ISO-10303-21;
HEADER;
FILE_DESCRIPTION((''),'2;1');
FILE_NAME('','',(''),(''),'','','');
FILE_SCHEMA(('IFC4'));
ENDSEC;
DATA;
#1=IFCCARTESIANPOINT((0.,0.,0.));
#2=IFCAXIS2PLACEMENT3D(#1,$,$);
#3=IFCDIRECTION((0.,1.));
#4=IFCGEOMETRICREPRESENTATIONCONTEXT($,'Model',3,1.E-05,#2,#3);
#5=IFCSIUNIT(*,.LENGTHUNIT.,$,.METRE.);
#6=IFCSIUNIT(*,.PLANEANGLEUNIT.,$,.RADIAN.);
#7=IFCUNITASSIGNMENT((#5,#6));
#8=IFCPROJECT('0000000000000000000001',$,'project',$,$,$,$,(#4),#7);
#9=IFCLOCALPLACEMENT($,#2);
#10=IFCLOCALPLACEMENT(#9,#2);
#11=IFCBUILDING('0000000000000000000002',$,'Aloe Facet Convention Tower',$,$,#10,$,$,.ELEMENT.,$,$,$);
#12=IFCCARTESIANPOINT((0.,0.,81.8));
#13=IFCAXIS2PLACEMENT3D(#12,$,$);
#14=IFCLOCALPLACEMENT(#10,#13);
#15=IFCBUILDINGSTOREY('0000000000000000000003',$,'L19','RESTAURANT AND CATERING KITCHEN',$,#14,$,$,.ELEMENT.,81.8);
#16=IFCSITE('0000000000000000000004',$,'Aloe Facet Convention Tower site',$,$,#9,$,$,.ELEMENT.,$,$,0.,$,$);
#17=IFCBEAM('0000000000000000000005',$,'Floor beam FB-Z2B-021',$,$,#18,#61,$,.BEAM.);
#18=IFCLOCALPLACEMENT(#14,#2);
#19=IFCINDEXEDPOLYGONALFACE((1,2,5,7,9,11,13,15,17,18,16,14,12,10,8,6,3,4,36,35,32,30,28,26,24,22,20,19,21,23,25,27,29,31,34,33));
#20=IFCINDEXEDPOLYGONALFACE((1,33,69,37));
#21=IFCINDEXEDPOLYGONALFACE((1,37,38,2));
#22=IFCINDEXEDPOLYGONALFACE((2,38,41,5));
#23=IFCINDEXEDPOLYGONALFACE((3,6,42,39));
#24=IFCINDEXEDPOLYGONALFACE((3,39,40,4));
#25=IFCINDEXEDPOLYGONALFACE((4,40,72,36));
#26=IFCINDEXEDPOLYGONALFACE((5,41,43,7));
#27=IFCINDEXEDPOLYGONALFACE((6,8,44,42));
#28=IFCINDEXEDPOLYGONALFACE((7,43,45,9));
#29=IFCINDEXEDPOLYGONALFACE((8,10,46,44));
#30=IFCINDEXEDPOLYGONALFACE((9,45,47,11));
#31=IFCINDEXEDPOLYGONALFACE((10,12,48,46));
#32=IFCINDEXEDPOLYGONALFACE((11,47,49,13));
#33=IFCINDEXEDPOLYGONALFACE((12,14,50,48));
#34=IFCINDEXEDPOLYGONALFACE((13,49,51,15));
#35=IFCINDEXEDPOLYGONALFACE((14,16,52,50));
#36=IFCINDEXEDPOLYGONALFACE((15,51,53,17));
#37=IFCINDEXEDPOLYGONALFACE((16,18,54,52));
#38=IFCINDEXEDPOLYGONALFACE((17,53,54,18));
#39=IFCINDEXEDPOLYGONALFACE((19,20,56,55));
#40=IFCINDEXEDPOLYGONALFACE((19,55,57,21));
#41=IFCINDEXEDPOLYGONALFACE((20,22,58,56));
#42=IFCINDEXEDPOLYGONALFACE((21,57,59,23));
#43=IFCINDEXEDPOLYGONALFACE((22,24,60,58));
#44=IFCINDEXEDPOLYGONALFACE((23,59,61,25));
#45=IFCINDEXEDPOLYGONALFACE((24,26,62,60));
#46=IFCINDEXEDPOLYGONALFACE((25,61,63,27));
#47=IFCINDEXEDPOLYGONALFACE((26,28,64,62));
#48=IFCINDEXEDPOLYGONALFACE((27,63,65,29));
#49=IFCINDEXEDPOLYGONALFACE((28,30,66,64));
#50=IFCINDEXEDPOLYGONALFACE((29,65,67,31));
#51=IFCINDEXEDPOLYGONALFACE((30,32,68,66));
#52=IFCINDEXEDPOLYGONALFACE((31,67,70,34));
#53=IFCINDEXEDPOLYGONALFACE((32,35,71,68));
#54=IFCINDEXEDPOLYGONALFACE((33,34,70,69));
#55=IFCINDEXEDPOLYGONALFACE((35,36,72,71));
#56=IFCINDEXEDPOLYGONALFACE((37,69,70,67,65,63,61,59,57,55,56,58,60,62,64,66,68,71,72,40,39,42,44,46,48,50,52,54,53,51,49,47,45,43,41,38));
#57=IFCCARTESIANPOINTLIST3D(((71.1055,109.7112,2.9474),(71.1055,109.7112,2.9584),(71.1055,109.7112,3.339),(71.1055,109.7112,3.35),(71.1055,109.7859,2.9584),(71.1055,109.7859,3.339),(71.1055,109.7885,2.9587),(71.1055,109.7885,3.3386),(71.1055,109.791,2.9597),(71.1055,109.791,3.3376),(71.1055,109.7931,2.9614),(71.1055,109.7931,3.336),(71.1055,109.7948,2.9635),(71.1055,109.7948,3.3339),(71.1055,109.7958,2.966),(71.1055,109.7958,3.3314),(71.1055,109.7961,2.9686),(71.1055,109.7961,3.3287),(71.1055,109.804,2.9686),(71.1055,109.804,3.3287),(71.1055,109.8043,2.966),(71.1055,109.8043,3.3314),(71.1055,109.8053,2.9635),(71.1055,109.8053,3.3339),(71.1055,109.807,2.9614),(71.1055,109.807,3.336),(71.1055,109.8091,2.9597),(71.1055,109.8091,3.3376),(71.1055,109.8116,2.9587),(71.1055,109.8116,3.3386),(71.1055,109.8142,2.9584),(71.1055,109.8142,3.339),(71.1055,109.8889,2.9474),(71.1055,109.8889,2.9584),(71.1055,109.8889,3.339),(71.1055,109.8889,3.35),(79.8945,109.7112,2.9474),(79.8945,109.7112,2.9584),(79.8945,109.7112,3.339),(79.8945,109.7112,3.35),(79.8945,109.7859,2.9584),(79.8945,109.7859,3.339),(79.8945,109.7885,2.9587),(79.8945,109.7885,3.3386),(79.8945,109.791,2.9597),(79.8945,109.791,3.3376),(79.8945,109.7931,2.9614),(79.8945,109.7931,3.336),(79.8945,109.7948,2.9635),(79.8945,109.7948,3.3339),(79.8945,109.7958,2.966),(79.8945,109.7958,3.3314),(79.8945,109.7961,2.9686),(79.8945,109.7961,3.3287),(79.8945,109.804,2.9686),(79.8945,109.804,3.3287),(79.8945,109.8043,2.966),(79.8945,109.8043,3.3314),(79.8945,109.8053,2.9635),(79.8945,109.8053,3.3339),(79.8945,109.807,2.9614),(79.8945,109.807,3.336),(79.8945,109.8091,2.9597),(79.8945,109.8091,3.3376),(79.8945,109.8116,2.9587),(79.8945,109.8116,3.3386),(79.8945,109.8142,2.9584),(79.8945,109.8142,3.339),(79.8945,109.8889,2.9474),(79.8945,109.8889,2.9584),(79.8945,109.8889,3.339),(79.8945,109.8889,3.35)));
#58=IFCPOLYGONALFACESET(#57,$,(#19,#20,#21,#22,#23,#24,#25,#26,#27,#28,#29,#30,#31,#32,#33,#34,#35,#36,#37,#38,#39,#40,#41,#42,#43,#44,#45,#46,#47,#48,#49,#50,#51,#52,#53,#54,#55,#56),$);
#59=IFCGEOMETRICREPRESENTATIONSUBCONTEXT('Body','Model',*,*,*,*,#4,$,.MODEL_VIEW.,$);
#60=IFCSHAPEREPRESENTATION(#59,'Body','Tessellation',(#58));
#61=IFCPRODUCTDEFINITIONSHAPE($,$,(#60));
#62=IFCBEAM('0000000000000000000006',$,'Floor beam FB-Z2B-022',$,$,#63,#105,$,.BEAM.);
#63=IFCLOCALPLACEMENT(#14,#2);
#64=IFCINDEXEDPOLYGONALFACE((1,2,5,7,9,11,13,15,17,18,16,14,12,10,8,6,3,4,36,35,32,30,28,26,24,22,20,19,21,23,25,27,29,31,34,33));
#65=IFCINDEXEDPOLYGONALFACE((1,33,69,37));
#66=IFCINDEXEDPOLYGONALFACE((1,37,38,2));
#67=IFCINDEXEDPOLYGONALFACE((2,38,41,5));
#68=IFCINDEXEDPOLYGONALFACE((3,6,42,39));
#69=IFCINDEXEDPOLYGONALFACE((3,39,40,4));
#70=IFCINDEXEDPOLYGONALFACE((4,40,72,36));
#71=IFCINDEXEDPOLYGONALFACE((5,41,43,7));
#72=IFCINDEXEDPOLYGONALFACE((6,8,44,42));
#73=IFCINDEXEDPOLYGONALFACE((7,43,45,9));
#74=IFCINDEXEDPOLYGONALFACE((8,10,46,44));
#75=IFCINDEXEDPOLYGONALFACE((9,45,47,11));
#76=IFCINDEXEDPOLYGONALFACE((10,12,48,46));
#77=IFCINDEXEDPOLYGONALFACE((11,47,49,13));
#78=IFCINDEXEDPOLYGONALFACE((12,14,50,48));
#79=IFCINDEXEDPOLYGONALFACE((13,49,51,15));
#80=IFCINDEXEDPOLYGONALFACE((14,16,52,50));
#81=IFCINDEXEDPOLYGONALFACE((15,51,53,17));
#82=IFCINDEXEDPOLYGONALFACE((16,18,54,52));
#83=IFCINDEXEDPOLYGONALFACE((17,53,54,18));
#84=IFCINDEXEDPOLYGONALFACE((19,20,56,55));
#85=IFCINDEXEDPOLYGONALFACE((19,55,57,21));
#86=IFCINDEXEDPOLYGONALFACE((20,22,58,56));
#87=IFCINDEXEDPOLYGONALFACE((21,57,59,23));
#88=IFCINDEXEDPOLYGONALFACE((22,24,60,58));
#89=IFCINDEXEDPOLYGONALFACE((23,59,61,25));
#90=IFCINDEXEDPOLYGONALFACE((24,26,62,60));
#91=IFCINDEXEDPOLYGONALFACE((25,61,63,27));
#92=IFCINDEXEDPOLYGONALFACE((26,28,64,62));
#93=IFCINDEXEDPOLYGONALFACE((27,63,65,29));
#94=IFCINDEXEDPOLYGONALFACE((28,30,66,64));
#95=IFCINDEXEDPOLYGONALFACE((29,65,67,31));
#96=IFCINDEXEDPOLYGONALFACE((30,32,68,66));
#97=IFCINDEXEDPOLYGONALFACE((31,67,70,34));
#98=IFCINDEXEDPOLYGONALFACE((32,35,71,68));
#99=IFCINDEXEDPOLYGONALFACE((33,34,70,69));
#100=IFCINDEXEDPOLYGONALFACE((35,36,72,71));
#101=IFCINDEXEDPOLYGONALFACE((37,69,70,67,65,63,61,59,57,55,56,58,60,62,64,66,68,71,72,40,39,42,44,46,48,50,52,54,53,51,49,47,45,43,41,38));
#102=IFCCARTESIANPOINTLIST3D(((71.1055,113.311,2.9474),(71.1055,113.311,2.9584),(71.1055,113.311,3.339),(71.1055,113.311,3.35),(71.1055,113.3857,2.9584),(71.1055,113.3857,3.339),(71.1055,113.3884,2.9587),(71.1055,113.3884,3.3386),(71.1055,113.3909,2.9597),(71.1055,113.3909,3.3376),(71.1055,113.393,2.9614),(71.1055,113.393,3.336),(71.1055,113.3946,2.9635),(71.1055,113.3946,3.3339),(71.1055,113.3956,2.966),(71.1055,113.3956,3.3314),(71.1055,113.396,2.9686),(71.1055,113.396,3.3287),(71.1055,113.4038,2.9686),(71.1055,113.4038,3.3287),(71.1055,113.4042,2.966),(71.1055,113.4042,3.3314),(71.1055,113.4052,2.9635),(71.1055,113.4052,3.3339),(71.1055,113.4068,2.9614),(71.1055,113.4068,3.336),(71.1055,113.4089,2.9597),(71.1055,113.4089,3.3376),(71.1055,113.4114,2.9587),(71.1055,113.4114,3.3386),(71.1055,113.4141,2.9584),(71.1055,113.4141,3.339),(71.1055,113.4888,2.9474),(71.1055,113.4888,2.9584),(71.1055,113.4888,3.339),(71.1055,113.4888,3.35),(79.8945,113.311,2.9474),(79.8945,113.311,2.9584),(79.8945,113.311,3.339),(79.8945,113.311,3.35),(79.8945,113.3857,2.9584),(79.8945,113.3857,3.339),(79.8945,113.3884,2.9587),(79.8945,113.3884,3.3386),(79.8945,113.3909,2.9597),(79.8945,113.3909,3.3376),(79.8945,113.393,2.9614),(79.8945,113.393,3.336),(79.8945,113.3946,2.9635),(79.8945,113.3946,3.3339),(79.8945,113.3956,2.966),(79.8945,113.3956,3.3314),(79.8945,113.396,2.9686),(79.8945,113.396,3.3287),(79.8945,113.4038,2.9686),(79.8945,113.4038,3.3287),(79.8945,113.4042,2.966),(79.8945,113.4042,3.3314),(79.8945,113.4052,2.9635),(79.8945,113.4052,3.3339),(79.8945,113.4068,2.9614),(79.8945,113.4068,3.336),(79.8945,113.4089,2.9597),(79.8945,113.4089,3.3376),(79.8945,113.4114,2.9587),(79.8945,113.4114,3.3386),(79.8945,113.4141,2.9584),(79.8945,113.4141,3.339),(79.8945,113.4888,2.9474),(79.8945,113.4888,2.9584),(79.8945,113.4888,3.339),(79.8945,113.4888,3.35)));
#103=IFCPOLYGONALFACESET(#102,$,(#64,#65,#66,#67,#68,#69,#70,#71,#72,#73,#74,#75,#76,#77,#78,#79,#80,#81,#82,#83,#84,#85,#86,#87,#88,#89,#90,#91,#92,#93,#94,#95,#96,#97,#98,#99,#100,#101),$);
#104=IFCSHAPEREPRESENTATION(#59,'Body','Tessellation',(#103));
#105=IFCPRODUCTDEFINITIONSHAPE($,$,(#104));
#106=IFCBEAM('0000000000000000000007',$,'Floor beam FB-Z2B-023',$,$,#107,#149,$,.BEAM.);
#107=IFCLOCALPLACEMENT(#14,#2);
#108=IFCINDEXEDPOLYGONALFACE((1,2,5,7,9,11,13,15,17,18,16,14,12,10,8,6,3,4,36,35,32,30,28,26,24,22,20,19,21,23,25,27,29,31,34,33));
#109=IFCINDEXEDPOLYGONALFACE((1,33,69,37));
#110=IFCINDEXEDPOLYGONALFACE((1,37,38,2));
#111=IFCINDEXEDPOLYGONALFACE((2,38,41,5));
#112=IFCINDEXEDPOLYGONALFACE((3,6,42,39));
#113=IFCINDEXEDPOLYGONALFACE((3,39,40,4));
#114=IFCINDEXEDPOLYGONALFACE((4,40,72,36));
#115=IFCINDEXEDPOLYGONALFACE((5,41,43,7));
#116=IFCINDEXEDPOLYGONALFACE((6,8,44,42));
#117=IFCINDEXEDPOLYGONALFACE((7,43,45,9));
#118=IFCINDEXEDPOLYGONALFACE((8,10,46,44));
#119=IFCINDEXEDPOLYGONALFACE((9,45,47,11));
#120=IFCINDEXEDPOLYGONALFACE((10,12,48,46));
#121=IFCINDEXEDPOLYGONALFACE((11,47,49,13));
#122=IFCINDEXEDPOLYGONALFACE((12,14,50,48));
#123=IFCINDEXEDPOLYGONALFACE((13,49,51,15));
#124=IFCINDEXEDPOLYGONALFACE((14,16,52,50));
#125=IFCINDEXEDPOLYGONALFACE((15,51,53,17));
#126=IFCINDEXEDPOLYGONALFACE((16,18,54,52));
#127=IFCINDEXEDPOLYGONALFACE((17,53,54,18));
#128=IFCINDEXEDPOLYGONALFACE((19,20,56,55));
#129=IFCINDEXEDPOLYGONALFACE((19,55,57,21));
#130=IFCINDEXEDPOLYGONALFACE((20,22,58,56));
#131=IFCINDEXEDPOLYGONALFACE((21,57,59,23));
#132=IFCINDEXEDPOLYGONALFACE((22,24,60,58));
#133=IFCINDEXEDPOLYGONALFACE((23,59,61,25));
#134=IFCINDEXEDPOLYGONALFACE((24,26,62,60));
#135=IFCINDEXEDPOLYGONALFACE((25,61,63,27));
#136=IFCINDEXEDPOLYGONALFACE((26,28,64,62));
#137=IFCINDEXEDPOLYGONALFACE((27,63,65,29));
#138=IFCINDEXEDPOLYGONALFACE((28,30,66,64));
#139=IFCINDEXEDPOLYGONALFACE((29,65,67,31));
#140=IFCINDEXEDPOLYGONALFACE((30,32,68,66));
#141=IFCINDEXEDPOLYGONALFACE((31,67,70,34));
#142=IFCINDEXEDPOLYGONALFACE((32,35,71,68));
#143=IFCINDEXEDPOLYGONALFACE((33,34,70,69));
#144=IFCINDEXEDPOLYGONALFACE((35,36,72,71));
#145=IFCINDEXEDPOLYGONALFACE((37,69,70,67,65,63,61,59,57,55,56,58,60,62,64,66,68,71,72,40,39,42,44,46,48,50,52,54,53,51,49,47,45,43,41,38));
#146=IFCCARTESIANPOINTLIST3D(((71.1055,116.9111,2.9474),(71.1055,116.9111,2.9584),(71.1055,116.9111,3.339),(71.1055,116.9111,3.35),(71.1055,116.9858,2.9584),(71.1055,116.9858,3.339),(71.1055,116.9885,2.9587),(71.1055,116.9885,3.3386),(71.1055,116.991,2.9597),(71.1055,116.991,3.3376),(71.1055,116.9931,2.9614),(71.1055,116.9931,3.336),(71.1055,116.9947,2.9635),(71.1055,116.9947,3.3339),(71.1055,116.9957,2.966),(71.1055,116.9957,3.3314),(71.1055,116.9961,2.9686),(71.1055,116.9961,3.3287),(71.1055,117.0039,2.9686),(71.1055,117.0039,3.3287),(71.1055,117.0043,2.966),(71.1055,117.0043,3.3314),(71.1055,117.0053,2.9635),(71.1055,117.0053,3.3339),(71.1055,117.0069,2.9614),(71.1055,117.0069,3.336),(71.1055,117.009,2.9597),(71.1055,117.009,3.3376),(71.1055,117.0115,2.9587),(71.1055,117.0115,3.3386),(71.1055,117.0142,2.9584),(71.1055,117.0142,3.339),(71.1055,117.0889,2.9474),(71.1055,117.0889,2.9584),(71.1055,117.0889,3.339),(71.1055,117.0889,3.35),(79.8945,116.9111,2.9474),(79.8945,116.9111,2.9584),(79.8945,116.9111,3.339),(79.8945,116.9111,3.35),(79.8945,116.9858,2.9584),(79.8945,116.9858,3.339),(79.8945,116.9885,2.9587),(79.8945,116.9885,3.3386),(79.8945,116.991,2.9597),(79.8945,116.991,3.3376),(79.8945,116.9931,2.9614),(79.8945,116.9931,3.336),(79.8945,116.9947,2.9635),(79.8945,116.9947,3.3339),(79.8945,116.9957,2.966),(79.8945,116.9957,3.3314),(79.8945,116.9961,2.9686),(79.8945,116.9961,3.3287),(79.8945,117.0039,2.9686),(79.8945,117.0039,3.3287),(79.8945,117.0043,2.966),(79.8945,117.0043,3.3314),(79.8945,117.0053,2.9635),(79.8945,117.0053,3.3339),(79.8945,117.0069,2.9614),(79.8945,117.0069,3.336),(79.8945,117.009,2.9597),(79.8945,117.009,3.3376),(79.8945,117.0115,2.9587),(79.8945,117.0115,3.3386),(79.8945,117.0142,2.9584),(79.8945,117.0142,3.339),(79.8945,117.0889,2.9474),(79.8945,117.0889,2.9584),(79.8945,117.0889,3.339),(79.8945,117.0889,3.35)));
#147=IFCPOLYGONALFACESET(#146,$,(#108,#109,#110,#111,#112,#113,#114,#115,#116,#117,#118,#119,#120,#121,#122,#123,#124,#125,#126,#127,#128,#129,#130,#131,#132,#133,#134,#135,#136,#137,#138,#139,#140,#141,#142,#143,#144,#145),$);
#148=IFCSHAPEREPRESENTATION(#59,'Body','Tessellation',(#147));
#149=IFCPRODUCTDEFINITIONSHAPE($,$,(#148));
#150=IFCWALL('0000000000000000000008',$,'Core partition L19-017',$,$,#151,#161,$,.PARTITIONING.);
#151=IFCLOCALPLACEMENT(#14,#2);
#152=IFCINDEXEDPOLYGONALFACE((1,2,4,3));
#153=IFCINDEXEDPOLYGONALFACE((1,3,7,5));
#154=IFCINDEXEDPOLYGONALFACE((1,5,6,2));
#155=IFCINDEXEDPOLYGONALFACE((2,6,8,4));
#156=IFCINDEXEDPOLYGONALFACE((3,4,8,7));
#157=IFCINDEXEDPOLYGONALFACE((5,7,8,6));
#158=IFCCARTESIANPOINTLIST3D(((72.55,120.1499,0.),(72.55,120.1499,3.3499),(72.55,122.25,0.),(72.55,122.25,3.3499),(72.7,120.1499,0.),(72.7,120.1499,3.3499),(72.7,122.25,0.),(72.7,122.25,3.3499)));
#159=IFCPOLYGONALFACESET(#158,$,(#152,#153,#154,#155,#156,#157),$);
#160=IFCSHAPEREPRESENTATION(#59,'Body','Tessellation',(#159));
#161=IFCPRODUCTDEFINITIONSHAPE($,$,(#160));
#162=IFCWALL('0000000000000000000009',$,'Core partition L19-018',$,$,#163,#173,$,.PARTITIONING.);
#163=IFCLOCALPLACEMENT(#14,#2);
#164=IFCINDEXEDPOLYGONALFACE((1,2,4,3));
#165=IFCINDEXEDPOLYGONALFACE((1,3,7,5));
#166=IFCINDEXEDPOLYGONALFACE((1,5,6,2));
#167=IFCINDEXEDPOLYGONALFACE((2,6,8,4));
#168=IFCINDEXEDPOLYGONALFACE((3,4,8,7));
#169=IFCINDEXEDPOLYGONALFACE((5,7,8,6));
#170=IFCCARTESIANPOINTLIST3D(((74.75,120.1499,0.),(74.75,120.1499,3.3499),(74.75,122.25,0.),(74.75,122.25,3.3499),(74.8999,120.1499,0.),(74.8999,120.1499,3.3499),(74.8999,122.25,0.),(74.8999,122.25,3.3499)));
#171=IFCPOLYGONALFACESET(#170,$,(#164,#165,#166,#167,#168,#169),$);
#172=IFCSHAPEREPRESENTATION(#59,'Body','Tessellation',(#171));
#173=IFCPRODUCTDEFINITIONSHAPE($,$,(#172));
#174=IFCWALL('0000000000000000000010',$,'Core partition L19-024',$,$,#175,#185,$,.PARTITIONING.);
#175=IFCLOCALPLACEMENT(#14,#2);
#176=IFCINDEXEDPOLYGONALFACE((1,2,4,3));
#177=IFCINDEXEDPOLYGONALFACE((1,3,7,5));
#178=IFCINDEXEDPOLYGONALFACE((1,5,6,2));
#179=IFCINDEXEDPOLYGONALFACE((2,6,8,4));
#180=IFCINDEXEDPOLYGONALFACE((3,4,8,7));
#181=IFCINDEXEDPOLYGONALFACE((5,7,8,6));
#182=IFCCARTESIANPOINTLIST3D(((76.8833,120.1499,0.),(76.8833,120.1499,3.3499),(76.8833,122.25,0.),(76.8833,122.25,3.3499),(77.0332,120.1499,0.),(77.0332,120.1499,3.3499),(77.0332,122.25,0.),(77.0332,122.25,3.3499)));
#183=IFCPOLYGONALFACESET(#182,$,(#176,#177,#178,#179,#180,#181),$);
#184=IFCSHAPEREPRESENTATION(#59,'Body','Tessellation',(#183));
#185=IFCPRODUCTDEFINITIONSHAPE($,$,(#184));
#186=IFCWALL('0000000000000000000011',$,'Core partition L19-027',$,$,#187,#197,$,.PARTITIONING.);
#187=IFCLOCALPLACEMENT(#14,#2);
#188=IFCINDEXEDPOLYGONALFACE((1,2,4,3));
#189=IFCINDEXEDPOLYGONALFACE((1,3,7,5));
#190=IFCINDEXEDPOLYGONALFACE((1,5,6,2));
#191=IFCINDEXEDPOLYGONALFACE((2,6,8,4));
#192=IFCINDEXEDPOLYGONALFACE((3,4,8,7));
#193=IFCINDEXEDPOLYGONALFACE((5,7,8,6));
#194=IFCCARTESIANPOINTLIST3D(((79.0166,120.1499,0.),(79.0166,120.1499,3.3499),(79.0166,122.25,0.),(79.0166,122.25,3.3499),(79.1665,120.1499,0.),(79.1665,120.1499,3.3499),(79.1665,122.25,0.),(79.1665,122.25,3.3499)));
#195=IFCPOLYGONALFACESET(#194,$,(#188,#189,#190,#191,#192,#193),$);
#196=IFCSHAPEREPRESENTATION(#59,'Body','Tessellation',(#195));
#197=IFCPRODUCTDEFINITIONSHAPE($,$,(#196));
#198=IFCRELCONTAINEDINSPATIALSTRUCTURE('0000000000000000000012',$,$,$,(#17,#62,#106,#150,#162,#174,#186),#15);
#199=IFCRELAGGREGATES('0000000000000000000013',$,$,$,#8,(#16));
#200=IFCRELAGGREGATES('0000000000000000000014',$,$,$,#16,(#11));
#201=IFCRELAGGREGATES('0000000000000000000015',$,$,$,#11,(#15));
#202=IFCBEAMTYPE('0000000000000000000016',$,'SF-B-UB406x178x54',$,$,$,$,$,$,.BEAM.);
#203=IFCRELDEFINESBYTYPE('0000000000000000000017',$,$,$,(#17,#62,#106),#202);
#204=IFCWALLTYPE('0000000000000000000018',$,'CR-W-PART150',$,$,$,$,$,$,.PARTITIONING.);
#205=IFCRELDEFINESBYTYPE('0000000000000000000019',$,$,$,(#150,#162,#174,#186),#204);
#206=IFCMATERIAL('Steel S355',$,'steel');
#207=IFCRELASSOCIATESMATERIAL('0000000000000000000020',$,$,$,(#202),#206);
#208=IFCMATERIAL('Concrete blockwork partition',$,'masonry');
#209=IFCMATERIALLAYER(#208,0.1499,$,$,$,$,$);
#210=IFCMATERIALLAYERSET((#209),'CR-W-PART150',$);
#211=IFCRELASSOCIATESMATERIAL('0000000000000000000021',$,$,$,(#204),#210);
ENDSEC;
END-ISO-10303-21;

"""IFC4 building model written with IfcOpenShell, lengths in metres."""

from ifc_helpers import new_model, si_unit, direction, frame, frame_2d, origin, origin_2d, place, context, subcontext, project, spatial, rectangle, i_section, extrude, material, layer, layer_set, material_profile, profile_set, type_object, element, save


model = new_model("IFC4")

# Units and contexts
model_context = context("Model", 3, precision=1e-05, world=origin(), true_north=direction((0.0, 1.0)))
body_context = subcontext(model_context, "Body", "Model", "MODEL_VIEW")
ifc_project = project(units=[si_unit("LENGTHUNIT", "METRE"), si_unit("PLANEANGLEUNIT", "RADIAN")], contexts=[model_context])

# Site, building, storey
site_placement = place(None, origin())
site = spatial("IfcSite", under=ifc_project, at=site_placement, Name="Aloe Facet Convention Tower site", CompositionType="ELEMENT", RefElevation=0.0)
building_placement = place(site_placement, origin())
building = spatial("IfcBuilding", under=site, at=building_placement, Name="Aloe Facet Convention Tower", CompositionType="ELEMENT")
storey_placement = place(building_placement, frame((0.0, 0.0, 81.8)))
storey = spatial("IfcBuildingStorey", under=building, at=storey_placement, Name="L19", Description="RESTAURANT AND CATERING KITCHEN", CompositionType="ELEMENT", Elevation=81.8)

# Beams
ifc_material_1 = material(Name="Steel S355", Category="steel")
ifc_material_profile = material_profile(ifc_material_1, i_section(OverallWidth=0.1777, OverallDepth=0.4026, WebThickness=0.0078, FlangeThickness=0.011, FilletRadius=0.0103, at=origin_2d()), Name="UB 406x178x54")
ifc_profile_set = profile_set([ifc_material_profile], Name="Steel S355")
beam_type = type_object("IfcBeamType", Name="SF-B-UB406x178x54", PredefinedType="BEAM", material=ifc_profile_set)
for number, where, z_axis, x_axis, name in (
    (1, (71.1055, 109.8, 3.1487), (1.0, 0.0, 0.0), (0.0, 1.0, 0.0), "Floor beam FB-Z2B-021"),
    (2, (71.1055, 113.3999, 3.1487), (1.0, 0.0, 0.0), (0.0, 1.0, 0.0), "Floor beam FB-Z2B-022"),
    (3, (71.1055, 117.0, 3.1487), (1.0, 0.0, 0.0), (0.0, 1.0, 0.0), "Floor beam FB-Z2B-023"),
):
    element("IfcBeam", number, at=place(storey_placement, frame(where, z_axis=z_axis, x_axis=x_axis)), inside=storey, type_object=beam_type, Name=name, PredefinedType="BEAM", context=body_context, shape_type="SweptSolid", body=[
        extrude(i_section(OverallWidth=0.1777, OverallDepth=0.4026, WebThickness=0.0078, FlangeThickness=0.011, FilletRadius=0.0103, at=origin_2d()), origin(), (0.0, 0.0, 1.0), 8.7891),
    ])

# Walls
ifc_material_2 = material(Name="Concrete blockwork partition", Category="masonry")
ifc_layer_1 = layer(ifc_material_2, 0.1499)
ifc_layer_set_1 = layer_set([ifc_layer_1], Name="CR-W-PART150")
wall_type_1 = type_object("IfcWallType", Name="CR-W-PART150", PredefinedType="PARTITIONING", material=ifc_layer_set_1)
for number, where, z_axis, x_axis, name in (
    (4, (72.625, 122.25, 0.0), (0.0, 0.0, 1.0), (0.0, -1.0, 0.0), "Core partition L19-017"),
    (5, (74.825, 122.25, 0.0), (0.0, 0.0, 1.0), (0.0, -1.0, 0.0), "Core partition L19-018"),
    (6, (76.9583, 122.25, 0.0), (0.0, 0.0, 1.0), (0.0, -1.0, 0.0), "Core partition L19-024"),
    (7, (79.0916, 122.25, 0.0), (0.0, 0.0, 1.0), (0.0, -1.0, 0.0), "Core partition L19-027"),
):
    element("IfcWall", number, at=place(storey_placement, frame(where, z_axis=z_axis, x_axis=x_axis)), inside=storey, type_object=wall_type_1, Name=name, PredefinedType="PARTITIONING", context=body_context, shape_type="SweptSolid", body=[
        extrude(rectangle(XDim=2.1001, YDim=0.1499, at=frame_2d((1.05, 0.0))), origin(), (0.0, 0.0, 1.0), 3.3499),
    ])

save(model, "model.ifc")
